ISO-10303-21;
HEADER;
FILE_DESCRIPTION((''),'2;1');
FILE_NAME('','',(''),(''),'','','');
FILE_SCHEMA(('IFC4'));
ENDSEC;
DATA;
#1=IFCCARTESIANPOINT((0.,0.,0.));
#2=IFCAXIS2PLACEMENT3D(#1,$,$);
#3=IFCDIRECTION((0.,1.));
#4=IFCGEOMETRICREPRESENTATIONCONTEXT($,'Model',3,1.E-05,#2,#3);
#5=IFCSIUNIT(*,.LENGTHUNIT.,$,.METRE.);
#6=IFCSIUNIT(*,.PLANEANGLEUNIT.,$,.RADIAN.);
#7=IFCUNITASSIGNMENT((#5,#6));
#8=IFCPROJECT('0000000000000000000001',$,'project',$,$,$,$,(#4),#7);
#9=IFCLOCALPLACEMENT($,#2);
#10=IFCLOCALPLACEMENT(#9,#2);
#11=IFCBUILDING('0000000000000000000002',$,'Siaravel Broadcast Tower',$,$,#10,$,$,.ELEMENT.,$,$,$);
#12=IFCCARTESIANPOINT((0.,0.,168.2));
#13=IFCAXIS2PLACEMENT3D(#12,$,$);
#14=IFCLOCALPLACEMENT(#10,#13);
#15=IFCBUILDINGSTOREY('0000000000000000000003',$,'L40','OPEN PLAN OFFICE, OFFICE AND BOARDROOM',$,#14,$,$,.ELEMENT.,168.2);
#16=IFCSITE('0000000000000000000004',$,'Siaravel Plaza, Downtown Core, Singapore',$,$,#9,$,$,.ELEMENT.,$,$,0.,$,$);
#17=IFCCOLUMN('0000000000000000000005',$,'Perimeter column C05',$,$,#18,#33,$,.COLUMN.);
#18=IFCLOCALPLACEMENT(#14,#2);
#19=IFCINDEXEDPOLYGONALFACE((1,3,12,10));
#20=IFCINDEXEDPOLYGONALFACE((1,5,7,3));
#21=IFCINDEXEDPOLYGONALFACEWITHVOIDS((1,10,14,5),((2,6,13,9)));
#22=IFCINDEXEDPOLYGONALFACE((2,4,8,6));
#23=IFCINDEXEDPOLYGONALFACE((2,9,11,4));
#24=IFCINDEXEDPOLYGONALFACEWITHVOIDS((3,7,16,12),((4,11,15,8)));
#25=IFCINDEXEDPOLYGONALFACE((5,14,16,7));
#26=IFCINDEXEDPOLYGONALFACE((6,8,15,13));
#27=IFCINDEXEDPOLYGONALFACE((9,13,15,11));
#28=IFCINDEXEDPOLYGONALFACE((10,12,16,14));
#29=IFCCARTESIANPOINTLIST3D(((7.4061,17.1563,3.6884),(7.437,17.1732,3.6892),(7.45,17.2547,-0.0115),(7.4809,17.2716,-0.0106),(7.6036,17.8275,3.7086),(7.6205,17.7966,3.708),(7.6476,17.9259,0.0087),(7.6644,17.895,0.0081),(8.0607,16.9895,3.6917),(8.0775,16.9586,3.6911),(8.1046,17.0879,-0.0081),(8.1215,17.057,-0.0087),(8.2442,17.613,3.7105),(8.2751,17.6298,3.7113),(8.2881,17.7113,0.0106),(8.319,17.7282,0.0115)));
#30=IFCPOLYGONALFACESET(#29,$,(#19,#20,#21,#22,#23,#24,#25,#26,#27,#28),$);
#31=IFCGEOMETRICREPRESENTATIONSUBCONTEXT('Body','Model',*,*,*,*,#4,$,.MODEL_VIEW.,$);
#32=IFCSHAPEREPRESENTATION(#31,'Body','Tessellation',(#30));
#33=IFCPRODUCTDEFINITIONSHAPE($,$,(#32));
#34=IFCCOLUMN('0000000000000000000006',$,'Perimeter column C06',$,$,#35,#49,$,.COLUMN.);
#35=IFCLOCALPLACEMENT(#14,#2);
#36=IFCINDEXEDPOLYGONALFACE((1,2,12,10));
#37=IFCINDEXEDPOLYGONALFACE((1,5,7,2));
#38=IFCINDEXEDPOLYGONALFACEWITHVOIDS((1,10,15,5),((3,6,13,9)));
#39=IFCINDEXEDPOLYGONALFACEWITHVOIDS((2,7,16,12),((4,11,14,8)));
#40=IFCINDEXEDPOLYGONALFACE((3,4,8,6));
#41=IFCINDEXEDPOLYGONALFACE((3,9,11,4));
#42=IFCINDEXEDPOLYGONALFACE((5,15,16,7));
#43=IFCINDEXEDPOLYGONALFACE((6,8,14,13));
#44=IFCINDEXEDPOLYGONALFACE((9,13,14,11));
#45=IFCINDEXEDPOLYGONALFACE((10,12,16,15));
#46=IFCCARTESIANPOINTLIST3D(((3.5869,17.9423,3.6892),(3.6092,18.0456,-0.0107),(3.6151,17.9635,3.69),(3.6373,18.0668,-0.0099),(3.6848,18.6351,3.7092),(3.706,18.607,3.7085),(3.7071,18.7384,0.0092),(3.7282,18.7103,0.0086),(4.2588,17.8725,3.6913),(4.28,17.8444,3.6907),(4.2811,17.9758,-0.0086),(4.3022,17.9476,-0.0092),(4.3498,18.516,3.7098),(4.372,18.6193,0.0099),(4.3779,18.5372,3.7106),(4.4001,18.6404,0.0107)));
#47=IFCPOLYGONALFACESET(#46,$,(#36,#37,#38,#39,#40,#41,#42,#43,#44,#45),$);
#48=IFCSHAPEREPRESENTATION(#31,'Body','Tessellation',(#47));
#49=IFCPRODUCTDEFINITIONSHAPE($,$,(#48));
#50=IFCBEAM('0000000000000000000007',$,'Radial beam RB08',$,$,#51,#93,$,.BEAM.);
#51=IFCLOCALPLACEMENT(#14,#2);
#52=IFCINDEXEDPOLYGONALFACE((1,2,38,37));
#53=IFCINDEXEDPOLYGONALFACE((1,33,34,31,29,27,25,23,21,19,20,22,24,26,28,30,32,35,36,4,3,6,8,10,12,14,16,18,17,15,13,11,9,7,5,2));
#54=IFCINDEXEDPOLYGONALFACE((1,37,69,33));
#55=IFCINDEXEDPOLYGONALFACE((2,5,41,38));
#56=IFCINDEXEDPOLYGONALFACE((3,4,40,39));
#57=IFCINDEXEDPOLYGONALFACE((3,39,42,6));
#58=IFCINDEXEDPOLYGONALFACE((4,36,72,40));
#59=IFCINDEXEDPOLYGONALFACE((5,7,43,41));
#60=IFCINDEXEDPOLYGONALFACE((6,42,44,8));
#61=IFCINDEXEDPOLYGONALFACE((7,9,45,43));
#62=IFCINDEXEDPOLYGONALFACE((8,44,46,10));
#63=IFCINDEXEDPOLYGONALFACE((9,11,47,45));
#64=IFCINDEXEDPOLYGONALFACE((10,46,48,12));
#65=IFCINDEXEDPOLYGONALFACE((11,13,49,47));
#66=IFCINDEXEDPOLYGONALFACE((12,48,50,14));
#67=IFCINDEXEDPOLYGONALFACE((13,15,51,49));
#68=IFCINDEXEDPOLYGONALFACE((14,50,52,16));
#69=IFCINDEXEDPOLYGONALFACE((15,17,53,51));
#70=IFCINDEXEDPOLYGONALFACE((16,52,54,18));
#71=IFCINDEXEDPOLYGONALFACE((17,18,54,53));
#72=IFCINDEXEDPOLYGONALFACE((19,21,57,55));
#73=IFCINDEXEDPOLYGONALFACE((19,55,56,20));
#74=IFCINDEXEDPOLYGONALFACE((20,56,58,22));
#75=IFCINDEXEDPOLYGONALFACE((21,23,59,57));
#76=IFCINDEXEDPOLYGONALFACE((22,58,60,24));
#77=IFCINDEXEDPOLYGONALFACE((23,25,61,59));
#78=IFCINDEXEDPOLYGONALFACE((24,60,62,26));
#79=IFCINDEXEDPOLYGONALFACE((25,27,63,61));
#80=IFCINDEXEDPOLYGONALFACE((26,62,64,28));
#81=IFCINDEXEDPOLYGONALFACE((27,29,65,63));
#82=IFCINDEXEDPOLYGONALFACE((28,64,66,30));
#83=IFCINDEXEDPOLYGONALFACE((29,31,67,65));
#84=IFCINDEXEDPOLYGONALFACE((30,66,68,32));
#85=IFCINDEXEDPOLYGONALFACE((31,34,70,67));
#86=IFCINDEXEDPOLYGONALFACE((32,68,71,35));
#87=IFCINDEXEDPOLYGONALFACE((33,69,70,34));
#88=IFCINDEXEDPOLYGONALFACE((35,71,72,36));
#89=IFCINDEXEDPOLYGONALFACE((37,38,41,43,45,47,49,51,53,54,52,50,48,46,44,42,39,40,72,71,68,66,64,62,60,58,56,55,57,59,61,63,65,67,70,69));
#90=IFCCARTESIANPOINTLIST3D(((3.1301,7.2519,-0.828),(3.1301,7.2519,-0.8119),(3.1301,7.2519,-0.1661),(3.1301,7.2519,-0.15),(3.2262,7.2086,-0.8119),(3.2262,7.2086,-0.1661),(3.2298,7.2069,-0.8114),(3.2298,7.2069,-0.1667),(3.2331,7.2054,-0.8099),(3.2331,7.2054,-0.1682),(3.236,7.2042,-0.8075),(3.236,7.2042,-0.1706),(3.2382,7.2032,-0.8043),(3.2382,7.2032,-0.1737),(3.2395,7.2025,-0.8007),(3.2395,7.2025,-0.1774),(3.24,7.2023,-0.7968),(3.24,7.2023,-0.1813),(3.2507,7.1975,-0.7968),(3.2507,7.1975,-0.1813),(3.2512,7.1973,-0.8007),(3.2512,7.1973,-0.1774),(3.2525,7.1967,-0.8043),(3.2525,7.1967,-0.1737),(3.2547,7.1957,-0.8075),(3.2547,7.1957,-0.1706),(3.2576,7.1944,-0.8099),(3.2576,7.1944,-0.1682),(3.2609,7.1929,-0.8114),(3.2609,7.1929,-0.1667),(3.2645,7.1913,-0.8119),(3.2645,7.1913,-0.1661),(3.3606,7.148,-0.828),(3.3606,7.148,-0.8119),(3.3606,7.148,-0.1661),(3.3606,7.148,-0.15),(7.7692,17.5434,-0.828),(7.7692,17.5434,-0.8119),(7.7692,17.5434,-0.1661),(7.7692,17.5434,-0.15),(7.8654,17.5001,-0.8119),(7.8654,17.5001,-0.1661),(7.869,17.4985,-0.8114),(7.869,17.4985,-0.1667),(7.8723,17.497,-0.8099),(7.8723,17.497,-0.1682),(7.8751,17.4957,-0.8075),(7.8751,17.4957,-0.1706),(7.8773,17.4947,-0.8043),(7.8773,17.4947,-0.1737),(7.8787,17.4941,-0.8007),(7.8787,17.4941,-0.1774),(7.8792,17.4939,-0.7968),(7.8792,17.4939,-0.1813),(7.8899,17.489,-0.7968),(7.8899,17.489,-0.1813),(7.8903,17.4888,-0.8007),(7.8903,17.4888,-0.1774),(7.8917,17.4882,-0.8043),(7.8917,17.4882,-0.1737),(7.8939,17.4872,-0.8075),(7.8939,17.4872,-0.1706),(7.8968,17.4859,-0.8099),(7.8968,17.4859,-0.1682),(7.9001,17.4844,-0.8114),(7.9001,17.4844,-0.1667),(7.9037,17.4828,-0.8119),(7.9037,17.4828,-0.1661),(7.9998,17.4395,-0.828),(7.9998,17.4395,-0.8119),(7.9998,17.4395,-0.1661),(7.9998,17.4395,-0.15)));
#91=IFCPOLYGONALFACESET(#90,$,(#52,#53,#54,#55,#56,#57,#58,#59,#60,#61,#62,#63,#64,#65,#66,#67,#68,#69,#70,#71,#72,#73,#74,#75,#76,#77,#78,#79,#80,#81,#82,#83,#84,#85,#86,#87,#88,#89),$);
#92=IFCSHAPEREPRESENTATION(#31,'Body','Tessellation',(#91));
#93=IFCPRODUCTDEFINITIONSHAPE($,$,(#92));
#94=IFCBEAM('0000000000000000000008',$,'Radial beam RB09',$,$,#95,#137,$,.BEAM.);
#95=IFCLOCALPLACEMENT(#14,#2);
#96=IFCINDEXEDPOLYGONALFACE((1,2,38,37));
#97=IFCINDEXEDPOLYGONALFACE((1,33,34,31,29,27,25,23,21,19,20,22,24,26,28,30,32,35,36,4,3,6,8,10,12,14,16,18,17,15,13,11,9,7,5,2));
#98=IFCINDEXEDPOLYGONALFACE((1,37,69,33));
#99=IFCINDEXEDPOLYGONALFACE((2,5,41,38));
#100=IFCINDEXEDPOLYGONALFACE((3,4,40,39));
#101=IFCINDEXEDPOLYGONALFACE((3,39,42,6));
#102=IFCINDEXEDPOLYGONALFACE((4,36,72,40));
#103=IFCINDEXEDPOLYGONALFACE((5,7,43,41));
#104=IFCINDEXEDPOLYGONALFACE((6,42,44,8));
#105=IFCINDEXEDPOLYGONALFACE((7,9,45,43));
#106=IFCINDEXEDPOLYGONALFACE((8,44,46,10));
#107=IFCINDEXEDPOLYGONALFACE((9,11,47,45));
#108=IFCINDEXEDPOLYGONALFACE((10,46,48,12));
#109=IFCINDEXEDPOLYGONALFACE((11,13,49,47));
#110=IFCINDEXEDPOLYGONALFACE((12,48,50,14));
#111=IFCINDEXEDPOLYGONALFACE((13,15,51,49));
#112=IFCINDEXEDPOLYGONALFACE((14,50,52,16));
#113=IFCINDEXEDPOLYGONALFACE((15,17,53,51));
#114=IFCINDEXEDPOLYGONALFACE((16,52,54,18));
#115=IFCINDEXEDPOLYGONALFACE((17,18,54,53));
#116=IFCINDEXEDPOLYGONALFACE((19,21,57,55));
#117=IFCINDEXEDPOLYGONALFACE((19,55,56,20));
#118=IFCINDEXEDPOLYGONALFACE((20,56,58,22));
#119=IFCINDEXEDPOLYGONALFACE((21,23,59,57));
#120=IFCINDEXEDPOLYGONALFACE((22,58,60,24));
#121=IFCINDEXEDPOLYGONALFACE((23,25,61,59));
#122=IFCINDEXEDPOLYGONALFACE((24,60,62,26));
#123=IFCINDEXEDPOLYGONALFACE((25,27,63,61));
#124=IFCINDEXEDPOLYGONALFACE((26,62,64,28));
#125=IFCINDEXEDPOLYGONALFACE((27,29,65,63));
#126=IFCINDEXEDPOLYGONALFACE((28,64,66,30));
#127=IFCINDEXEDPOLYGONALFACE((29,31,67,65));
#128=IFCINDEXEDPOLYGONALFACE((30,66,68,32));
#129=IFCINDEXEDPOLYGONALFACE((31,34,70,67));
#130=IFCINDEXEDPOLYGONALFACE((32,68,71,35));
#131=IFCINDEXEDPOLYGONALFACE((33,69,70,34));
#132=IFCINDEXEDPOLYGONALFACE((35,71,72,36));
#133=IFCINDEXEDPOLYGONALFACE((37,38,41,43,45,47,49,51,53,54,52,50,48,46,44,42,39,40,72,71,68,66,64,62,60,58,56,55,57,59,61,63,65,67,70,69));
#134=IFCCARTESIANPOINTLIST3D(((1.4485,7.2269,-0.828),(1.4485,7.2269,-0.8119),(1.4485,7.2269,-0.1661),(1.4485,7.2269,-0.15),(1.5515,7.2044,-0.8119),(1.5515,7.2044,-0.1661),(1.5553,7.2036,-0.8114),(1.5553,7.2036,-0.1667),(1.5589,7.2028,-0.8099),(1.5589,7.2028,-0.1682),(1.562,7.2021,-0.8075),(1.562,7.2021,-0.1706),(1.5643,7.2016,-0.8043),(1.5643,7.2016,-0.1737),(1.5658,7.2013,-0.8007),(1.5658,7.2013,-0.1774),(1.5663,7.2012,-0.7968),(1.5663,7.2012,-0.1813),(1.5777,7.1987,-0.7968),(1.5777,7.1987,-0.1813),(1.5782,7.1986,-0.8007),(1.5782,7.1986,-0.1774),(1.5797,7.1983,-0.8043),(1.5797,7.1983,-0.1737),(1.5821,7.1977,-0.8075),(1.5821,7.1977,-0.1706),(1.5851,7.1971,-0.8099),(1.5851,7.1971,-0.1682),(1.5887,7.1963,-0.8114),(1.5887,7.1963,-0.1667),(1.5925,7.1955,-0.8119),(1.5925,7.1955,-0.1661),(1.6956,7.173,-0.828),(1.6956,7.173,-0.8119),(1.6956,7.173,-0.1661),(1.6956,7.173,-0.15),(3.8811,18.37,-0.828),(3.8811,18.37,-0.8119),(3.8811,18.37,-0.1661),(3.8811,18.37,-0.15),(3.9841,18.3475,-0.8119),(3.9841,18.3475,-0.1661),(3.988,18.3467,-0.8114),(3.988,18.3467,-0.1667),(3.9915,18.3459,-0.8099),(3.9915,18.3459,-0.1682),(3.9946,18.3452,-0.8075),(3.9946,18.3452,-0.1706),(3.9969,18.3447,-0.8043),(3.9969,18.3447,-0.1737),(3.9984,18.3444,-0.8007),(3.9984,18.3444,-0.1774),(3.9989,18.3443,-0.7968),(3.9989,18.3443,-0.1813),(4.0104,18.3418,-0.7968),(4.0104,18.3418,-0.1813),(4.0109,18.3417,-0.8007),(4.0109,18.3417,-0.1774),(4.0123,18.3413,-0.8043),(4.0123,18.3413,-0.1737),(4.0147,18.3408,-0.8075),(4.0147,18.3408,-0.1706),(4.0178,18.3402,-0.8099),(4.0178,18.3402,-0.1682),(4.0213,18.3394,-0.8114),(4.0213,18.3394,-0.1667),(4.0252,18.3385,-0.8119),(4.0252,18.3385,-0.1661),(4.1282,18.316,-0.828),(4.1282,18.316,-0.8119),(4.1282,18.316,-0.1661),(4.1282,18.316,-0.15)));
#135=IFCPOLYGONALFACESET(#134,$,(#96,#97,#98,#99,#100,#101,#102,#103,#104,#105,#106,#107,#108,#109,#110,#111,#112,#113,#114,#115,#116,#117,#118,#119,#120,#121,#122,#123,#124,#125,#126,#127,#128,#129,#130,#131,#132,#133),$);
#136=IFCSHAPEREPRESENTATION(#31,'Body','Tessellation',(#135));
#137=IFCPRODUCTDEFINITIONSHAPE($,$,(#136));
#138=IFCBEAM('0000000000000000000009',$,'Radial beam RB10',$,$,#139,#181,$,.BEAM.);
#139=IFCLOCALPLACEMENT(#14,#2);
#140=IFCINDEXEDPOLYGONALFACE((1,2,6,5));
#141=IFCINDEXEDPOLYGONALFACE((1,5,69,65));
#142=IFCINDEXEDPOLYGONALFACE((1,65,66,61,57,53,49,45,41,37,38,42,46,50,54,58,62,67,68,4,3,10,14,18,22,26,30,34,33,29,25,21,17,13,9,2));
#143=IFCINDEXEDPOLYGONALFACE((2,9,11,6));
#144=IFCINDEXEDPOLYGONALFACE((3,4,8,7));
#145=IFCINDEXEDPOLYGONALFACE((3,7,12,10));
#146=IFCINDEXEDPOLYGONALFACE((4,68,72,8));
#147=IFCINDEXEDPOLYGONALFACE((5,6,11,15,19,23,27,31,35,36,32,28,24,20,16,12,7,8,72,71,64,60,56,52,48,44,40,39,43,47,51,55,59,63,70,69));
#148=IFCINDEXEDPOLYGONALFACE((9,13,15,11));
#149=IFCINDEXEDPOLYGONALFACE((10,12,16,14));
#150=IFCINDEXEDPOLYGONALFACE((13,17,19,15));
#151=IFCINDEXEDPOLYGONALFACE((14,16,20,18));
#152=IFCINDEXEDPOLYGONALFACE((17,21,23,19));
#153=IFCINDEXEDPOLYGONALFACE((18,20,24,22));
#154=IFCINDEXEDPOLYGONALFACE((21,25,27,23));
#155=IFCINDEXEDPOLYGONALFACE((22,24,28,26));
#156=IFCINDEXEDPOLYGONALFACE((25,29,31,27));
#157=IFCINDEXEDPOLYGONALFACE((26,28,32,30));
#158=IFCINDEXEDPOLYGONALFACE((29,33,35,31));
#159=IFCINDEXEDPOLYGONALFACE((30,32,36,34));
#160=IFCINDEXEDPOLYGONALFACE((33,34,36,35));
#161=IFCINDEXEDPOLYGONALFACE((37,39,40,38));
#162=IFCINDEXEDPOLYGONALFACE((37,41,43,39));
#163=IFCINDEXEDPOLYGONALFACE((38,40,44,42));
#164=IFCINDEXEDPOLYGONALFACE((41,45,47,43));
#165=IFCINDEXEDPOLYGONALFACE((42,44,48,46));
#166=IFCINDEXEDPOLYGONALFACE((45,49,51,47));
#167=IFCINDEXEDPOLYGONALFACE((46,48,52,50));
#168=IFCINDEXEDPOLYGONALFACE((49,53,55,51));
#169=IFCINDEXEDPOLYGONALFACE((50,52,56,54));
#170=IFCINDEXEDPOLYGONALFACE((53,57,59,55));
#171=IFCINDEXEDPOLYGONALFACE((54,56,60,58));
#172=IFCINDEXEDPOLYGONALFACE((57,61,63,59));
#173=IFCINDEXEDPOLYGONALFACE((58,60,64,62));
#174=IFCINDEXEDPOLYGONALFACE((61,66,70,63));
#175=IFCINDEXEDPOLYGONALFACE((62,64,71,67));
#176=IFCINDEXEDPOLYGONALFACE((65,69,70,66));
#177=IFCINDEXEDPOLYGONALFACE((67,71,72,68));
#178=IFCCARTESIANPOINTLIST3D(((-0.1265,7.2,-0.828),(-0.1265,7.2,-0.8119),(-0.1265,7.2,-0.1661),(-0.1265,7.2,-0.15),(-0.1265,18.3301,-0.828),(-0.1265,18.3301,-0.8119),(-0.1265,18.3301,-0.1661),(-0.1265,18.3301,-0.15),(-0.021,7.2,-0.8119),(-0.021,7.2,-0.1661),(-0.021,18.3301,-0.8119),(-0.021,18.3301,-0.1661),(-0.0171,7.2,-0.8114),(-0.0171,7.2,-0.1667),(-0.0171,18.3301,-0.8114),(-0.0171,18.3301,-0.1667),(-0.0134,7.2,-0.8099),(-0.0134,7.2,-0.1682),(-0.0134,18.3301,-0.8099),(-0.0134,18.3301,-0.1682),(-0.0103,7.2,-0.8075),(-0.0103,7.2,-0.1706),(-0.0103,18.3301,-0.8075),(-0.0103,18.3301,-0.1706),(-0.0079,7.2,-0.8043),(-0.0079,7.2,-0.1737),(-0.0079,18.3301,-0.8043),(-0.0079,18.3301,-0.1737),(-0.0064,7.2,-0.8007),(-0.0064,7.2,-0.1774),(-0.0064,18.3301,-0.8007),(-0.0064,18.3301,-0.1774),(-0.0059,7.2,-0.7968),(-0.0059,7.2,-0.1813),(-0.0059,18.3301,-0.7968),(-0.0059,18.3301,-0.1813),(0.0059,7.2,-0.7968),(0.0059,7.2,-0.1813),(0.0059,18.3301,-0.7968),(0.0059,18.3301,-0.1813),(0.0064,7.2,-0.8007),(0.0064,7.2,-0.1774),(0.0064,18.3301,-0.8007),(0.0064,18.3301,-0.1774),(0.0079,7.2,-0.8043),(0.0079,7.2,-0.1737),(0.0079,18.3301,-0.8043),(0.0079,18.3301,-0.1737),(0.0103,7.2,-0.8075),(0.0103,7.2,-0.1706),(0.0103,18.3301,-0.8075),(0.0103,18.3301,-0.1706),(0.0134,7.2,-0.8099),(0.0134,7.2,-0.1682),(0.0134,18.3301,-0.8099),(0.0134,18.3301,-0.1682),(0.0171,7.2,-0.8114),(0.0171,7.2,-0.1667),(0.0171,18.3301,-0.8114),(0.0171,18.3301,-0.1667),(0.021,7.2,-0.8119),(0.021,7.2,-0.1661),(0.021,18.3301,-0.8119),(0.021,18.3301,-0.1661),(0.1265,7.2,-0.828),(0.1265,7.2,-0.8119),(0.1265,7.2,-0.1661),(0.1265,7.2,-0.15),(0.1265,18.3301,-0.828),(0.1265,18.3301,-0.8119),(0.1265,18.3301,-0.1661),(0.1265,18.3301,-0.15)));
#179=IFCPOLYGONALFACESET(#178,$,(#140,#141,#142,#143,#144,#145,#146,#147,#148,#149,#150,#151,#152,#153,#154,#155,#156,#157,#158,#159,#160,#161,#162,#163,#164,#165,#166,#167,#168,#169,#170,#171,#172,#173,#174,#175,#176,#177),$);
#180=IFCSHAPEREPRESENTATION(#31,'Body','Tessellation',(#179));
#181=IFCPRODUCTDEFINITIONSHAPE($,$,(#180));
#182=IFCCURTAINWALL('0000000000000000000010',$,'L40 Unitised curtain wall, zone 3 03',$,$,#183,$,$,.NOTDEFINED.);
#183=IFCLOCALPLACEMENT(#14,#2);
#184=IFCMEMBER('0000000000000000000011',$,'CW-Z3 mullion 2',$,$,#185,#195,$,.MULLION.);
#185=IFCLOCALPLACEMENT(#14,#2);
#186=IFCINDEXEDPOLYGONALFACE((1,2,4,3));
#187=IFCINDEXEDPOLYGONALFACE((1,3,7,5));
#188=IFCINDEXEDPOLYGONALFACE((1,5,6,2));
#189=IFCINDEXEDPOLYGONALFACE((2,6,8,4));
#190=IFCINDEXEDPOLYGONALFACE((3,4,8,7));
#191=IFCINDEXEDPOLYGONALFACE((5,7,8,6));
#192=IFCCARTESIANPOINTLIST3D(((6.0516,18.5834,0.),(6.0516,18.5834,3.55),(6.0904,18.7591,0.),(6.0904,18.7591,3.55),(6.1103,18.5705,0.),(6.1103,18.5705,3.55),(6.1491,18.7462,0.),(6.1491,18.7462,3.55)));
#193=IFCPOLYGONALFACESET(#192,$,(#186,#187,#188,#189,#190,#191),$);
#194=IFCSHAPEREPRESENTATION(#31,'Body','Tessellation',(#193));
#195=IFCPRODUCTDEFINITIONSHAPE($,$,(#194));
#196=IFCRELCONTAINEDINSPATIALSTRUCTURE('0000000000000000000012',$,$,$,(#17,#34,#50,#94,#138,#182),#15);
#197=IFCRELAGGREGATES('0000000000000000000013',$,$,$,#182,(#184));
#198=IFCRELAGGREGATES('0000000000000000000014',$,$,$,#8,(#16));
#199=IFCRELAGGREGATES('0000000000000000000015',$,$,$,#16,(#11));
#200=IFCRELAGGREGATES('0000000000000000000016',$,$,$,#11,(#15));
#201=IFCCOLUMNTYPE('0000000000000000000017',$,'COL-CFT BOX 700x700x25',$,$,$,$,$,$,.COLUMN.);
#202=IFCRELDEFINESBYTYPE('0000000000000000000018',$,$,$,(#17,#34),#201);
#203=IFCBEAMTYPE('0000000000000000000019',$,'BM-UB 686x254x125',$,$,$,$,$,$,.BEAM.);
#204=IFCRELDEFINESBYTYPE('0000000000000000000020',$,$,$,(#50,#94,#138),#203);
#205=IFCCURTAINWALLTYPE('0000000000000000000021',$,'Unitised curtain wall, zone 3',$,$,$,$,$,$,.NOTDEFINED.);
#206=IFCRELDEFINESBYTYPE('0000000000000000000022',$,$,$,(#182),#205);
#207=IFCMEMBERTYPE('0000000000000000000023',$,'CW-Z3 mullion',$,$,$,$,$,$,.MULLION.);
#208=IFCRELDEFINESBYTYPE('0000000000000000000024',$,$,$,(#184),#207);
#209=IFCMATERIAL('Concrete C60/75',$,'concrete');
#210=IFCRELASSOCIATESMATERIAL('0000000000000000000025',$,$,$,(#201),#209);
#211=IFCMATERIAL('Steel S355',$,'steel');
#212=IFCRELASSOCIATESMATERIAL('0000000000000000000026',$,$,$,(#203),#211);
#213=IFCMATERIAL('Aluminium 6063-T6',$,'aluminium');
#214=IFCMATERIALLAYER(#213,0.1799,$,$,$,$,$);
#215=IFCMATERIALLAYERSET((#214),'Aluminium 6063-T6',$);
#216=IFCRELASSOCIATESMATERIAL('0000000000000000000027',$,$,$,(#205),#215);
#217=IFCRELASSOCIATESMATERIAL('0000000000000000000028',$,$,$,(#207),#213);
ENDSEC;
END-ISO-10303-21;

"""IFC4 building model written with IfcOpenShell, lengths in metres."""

from ifc_helpers import new_model, si_unit, direction, frame, origin, origin_2d, place, context, subcontext, project, spatial, rectangle, hollow_rectangle, i_section, extrude, material, layer, layer_set, material_profile, profile_set, type_object, element, aggregate, save


model = new_model("IFC4")

# Units and contexts
model_context = context("Model", 3, precision=1e-05, world=origin(), true_north=direction((0.0, 1.0)))
body_context = subcontext(model_context, "Body", "Model", "MODEL_VIEW")
ifc_project = project(units=[si_unit("LENGTHUNIT", "METRE"), si_unit("PLANEANGLEUNIT", "RADIAN")], contexts=[model_context])

# Site, building, storey
site_placement = place(None, origin())
site = spatial("IfcSite", under=ifc_project, at=site_placement, Name="Siaravel Plaza, Downtown Core, Singapore", CompositionType="ELEMENT", RefElevation=0.0)
building_placement = place(site_placement, origin())
building = spatial("IfcBuilding", under=site, at=building_placement, Name="Siaravel Broadcast Tower", CompositionType="ELEMENT")
storey_placement = place(building_placement, frame((0.0, 0.0, 168.2)))
storey = spatial("IfcBuildingStorey", under=building, at=storey_placement, Name="L40", Description="OPEN PLAN OFFICE, OFFICE AND BOARDROOM", CompositionType="ELEMENT", Elevation=168.2)

# Columns
ifc_material_1 = material(Name="Concrete C60/75", Category="concrete")
ifc_material_profile_1 = material_profile(ifc_material_1, hollow_rectangle(XDim=0.7, YDim=0.7, WallThickness=0.0249, at=origin_2d()))
ifc_profile_set_1 = profile_set([ifc_material_profile_1], Name="Concrete C60/75")
column_type = type_object("IfcColumnType", Name="COL-CFT BOX 700x700x25", PredefinedType="COLUMN", material=ifc_profile_set_1)
for number, where, z_axis, x_axis, name in (
    (1, (7.8845, 17.4915, 0.0), (-0.011872, -0.026581, 0.999576), (0.959267, -0.282476, 0.003882), "Perimeter column C05"),
    (2, (4.0046, 18.343, 0.0), (-0.006002, -0.0279, 0.999593), (0.990155, -0.139962, 0.002039), "Perimeter column C06"),
):
    element("IfcColumn", number, at=place(storey_placement, frame(where, z_axis=z_axis, x_axis=x_axis)), inside=storey, type_object=column_type, Name=name, PredefinedType="COLUMN", context=body_context, shape_type="SweptSolid", body=[
        extrude(hollow_rectangle(XDim=0.7, YDim=0.7, WallThickness=0.0249, at=origin_2d()), origin(), (0.0, 0.0, 1.0), 3.7014),
    ])

# Beams
ifc_material_2 = material(Name="Steel S355", Category="steel")
ifc_material_profile_2 = material_profile(ifc_material_2, i_section(OverallWidth=0.2529, OverallDepth=0.678, WebThickness=0.0117, FlangeThickness=0.0161, FilletRadius=0.0151, at=origin_2d()))
ifc_profile_set_2 = profile_set([ifc_material_profile_2], Name="Steel S355")
beam_type = type_object("IfcBeamType", Name="BM-UB 686x254x125", PredefinedType="BEAM", material=ifc_profile_set_2)
beam_1_placement = place(storey_placement, frame((7.8845, 17.4915, -0.489), z_axis=(-0.410953, -0.911657, 0.0), x_axis=(0.911657, -0.410953, 0.0)))
element("IfcBeam", 3, at=beam_1_placement, inside=storey, type_object=beam_type, Name="Radial beam RB08", PredefinedType="BEAM", context=body_context, shape_type="SweptSolid", body=[
    extrude(i_section(OverallWidth=0.2529, OverallDepth=0.678, WebThickness=0.0117, FlangeThickness=0.0161, FilletRadius=0.0151, at=origin_2d()), origin(), (0.0, 0.0, 1.0), 11.2888),
])
beam_2_placement = place(storey_placement, frame((4.0046, 18.343, -0.489), z_axis=(-0.213284, -0.97699, 0.0), x_axis=(0.97699, -0.213284, 0.0)))
element("IfcBeam", 4, at=beam_2_placement, inside=storey, type_object=beam_type, Name="Radial beam RB09", PredefinedType="BEAM", context=body_context, shape_type="SweptSolid", body=[
    extrude(i_section(OverallWidth=0.2529, OverallDepth=0.678, WebThickness=0.0117, FlangeThickness=0.0161, FilletRadius=0.0151, at=origin_2d()), origin(), (0.0, 0.0, 1.0), 11.4055),
])
beam_3_placement = place(storey_placement, frame((0.0, 18.3301, -0.489), z_axis=(0.0, -1.0, 0.0), x_axis=(1.0, 0.0, 0.0)))
element("IfcBeam", 5, at=beam_3_placement, inside=storey, type_object=beam_type, Name="Radial beam RB10", PredefinedType="BEAM", context=body_context, shape_type="SweptSolid", body=[
    extrude(i_section(OverallWidth=0.2529, OverallDepth=0.678, WebThickness=0.0117, FlangeThickness=0.0161, FilletRadius=0.0151, at=origin_2d()), origin(), (0.0, 0.0, 1.0), 11.1301),
])

# Curtain wall, member
ifc_material_3 = material(Name="Aluminium 6063-T6", Category="aluminium")
ifc_layer_1 = layer(ifc_material_3, 0.1799)
ifc_layer_set_1 = layer_set([ifc_layer_1], Name="Aluminium 6063-T6")
curtain_wall_type = type_object("IfcCurtainWallType", Name="Unitised curtain wall, zone 3", PredefinedType="NOTDEFINED", material=ifc_layer_set_1)
curtain_wall_placement = place(storey_placement, origin())
curtain_wall = element("IfcCurtainWall", 6, at=curtain_wall_placement, inside=storey, type_object=curtain_wall_type, Name="L40 Unitised curtain wall, zone 3 03", PredefinedType="NOTDEFINED")
ifc_material_profile_3 = material_profile(ifc_material_3, rectangle(XDim=0.1799, YDim=0.0601, at=origin_2d()))
ifc_profile_set_3 = profile_set([ifc_material_profile_3], Name="Aluminium 6063-T6")
member_type_1 = type_object("IfcMemberType", Name="CW-Z3 mullion", PredefinedType="MULLION", material=ifc_profile_set_3)
member_1_placement = place(storey_placement, frame((6.1003, 18.6648, 0.0), z_axis=(0.0, 0.0, 1.0), x_axis=(-0.215558, -0.976491, 0.0)))
member_1 = element("IfcMember", 7, at=member_1_placement, type_object=member_type_1, Name="CW-Z3 mullion 2", PredefinedType="MULLION", context=body_context, shape_type="SweptSolid", body=[
    extrude(rectangle(XDim=0.1799, YDim=0.0601, at=origin_2d()), origin(), (0.0, 0.0, 1.0), 3.55),
])

aggregate(curtain_wall, [member_1])

save(model, "model.ifc")
